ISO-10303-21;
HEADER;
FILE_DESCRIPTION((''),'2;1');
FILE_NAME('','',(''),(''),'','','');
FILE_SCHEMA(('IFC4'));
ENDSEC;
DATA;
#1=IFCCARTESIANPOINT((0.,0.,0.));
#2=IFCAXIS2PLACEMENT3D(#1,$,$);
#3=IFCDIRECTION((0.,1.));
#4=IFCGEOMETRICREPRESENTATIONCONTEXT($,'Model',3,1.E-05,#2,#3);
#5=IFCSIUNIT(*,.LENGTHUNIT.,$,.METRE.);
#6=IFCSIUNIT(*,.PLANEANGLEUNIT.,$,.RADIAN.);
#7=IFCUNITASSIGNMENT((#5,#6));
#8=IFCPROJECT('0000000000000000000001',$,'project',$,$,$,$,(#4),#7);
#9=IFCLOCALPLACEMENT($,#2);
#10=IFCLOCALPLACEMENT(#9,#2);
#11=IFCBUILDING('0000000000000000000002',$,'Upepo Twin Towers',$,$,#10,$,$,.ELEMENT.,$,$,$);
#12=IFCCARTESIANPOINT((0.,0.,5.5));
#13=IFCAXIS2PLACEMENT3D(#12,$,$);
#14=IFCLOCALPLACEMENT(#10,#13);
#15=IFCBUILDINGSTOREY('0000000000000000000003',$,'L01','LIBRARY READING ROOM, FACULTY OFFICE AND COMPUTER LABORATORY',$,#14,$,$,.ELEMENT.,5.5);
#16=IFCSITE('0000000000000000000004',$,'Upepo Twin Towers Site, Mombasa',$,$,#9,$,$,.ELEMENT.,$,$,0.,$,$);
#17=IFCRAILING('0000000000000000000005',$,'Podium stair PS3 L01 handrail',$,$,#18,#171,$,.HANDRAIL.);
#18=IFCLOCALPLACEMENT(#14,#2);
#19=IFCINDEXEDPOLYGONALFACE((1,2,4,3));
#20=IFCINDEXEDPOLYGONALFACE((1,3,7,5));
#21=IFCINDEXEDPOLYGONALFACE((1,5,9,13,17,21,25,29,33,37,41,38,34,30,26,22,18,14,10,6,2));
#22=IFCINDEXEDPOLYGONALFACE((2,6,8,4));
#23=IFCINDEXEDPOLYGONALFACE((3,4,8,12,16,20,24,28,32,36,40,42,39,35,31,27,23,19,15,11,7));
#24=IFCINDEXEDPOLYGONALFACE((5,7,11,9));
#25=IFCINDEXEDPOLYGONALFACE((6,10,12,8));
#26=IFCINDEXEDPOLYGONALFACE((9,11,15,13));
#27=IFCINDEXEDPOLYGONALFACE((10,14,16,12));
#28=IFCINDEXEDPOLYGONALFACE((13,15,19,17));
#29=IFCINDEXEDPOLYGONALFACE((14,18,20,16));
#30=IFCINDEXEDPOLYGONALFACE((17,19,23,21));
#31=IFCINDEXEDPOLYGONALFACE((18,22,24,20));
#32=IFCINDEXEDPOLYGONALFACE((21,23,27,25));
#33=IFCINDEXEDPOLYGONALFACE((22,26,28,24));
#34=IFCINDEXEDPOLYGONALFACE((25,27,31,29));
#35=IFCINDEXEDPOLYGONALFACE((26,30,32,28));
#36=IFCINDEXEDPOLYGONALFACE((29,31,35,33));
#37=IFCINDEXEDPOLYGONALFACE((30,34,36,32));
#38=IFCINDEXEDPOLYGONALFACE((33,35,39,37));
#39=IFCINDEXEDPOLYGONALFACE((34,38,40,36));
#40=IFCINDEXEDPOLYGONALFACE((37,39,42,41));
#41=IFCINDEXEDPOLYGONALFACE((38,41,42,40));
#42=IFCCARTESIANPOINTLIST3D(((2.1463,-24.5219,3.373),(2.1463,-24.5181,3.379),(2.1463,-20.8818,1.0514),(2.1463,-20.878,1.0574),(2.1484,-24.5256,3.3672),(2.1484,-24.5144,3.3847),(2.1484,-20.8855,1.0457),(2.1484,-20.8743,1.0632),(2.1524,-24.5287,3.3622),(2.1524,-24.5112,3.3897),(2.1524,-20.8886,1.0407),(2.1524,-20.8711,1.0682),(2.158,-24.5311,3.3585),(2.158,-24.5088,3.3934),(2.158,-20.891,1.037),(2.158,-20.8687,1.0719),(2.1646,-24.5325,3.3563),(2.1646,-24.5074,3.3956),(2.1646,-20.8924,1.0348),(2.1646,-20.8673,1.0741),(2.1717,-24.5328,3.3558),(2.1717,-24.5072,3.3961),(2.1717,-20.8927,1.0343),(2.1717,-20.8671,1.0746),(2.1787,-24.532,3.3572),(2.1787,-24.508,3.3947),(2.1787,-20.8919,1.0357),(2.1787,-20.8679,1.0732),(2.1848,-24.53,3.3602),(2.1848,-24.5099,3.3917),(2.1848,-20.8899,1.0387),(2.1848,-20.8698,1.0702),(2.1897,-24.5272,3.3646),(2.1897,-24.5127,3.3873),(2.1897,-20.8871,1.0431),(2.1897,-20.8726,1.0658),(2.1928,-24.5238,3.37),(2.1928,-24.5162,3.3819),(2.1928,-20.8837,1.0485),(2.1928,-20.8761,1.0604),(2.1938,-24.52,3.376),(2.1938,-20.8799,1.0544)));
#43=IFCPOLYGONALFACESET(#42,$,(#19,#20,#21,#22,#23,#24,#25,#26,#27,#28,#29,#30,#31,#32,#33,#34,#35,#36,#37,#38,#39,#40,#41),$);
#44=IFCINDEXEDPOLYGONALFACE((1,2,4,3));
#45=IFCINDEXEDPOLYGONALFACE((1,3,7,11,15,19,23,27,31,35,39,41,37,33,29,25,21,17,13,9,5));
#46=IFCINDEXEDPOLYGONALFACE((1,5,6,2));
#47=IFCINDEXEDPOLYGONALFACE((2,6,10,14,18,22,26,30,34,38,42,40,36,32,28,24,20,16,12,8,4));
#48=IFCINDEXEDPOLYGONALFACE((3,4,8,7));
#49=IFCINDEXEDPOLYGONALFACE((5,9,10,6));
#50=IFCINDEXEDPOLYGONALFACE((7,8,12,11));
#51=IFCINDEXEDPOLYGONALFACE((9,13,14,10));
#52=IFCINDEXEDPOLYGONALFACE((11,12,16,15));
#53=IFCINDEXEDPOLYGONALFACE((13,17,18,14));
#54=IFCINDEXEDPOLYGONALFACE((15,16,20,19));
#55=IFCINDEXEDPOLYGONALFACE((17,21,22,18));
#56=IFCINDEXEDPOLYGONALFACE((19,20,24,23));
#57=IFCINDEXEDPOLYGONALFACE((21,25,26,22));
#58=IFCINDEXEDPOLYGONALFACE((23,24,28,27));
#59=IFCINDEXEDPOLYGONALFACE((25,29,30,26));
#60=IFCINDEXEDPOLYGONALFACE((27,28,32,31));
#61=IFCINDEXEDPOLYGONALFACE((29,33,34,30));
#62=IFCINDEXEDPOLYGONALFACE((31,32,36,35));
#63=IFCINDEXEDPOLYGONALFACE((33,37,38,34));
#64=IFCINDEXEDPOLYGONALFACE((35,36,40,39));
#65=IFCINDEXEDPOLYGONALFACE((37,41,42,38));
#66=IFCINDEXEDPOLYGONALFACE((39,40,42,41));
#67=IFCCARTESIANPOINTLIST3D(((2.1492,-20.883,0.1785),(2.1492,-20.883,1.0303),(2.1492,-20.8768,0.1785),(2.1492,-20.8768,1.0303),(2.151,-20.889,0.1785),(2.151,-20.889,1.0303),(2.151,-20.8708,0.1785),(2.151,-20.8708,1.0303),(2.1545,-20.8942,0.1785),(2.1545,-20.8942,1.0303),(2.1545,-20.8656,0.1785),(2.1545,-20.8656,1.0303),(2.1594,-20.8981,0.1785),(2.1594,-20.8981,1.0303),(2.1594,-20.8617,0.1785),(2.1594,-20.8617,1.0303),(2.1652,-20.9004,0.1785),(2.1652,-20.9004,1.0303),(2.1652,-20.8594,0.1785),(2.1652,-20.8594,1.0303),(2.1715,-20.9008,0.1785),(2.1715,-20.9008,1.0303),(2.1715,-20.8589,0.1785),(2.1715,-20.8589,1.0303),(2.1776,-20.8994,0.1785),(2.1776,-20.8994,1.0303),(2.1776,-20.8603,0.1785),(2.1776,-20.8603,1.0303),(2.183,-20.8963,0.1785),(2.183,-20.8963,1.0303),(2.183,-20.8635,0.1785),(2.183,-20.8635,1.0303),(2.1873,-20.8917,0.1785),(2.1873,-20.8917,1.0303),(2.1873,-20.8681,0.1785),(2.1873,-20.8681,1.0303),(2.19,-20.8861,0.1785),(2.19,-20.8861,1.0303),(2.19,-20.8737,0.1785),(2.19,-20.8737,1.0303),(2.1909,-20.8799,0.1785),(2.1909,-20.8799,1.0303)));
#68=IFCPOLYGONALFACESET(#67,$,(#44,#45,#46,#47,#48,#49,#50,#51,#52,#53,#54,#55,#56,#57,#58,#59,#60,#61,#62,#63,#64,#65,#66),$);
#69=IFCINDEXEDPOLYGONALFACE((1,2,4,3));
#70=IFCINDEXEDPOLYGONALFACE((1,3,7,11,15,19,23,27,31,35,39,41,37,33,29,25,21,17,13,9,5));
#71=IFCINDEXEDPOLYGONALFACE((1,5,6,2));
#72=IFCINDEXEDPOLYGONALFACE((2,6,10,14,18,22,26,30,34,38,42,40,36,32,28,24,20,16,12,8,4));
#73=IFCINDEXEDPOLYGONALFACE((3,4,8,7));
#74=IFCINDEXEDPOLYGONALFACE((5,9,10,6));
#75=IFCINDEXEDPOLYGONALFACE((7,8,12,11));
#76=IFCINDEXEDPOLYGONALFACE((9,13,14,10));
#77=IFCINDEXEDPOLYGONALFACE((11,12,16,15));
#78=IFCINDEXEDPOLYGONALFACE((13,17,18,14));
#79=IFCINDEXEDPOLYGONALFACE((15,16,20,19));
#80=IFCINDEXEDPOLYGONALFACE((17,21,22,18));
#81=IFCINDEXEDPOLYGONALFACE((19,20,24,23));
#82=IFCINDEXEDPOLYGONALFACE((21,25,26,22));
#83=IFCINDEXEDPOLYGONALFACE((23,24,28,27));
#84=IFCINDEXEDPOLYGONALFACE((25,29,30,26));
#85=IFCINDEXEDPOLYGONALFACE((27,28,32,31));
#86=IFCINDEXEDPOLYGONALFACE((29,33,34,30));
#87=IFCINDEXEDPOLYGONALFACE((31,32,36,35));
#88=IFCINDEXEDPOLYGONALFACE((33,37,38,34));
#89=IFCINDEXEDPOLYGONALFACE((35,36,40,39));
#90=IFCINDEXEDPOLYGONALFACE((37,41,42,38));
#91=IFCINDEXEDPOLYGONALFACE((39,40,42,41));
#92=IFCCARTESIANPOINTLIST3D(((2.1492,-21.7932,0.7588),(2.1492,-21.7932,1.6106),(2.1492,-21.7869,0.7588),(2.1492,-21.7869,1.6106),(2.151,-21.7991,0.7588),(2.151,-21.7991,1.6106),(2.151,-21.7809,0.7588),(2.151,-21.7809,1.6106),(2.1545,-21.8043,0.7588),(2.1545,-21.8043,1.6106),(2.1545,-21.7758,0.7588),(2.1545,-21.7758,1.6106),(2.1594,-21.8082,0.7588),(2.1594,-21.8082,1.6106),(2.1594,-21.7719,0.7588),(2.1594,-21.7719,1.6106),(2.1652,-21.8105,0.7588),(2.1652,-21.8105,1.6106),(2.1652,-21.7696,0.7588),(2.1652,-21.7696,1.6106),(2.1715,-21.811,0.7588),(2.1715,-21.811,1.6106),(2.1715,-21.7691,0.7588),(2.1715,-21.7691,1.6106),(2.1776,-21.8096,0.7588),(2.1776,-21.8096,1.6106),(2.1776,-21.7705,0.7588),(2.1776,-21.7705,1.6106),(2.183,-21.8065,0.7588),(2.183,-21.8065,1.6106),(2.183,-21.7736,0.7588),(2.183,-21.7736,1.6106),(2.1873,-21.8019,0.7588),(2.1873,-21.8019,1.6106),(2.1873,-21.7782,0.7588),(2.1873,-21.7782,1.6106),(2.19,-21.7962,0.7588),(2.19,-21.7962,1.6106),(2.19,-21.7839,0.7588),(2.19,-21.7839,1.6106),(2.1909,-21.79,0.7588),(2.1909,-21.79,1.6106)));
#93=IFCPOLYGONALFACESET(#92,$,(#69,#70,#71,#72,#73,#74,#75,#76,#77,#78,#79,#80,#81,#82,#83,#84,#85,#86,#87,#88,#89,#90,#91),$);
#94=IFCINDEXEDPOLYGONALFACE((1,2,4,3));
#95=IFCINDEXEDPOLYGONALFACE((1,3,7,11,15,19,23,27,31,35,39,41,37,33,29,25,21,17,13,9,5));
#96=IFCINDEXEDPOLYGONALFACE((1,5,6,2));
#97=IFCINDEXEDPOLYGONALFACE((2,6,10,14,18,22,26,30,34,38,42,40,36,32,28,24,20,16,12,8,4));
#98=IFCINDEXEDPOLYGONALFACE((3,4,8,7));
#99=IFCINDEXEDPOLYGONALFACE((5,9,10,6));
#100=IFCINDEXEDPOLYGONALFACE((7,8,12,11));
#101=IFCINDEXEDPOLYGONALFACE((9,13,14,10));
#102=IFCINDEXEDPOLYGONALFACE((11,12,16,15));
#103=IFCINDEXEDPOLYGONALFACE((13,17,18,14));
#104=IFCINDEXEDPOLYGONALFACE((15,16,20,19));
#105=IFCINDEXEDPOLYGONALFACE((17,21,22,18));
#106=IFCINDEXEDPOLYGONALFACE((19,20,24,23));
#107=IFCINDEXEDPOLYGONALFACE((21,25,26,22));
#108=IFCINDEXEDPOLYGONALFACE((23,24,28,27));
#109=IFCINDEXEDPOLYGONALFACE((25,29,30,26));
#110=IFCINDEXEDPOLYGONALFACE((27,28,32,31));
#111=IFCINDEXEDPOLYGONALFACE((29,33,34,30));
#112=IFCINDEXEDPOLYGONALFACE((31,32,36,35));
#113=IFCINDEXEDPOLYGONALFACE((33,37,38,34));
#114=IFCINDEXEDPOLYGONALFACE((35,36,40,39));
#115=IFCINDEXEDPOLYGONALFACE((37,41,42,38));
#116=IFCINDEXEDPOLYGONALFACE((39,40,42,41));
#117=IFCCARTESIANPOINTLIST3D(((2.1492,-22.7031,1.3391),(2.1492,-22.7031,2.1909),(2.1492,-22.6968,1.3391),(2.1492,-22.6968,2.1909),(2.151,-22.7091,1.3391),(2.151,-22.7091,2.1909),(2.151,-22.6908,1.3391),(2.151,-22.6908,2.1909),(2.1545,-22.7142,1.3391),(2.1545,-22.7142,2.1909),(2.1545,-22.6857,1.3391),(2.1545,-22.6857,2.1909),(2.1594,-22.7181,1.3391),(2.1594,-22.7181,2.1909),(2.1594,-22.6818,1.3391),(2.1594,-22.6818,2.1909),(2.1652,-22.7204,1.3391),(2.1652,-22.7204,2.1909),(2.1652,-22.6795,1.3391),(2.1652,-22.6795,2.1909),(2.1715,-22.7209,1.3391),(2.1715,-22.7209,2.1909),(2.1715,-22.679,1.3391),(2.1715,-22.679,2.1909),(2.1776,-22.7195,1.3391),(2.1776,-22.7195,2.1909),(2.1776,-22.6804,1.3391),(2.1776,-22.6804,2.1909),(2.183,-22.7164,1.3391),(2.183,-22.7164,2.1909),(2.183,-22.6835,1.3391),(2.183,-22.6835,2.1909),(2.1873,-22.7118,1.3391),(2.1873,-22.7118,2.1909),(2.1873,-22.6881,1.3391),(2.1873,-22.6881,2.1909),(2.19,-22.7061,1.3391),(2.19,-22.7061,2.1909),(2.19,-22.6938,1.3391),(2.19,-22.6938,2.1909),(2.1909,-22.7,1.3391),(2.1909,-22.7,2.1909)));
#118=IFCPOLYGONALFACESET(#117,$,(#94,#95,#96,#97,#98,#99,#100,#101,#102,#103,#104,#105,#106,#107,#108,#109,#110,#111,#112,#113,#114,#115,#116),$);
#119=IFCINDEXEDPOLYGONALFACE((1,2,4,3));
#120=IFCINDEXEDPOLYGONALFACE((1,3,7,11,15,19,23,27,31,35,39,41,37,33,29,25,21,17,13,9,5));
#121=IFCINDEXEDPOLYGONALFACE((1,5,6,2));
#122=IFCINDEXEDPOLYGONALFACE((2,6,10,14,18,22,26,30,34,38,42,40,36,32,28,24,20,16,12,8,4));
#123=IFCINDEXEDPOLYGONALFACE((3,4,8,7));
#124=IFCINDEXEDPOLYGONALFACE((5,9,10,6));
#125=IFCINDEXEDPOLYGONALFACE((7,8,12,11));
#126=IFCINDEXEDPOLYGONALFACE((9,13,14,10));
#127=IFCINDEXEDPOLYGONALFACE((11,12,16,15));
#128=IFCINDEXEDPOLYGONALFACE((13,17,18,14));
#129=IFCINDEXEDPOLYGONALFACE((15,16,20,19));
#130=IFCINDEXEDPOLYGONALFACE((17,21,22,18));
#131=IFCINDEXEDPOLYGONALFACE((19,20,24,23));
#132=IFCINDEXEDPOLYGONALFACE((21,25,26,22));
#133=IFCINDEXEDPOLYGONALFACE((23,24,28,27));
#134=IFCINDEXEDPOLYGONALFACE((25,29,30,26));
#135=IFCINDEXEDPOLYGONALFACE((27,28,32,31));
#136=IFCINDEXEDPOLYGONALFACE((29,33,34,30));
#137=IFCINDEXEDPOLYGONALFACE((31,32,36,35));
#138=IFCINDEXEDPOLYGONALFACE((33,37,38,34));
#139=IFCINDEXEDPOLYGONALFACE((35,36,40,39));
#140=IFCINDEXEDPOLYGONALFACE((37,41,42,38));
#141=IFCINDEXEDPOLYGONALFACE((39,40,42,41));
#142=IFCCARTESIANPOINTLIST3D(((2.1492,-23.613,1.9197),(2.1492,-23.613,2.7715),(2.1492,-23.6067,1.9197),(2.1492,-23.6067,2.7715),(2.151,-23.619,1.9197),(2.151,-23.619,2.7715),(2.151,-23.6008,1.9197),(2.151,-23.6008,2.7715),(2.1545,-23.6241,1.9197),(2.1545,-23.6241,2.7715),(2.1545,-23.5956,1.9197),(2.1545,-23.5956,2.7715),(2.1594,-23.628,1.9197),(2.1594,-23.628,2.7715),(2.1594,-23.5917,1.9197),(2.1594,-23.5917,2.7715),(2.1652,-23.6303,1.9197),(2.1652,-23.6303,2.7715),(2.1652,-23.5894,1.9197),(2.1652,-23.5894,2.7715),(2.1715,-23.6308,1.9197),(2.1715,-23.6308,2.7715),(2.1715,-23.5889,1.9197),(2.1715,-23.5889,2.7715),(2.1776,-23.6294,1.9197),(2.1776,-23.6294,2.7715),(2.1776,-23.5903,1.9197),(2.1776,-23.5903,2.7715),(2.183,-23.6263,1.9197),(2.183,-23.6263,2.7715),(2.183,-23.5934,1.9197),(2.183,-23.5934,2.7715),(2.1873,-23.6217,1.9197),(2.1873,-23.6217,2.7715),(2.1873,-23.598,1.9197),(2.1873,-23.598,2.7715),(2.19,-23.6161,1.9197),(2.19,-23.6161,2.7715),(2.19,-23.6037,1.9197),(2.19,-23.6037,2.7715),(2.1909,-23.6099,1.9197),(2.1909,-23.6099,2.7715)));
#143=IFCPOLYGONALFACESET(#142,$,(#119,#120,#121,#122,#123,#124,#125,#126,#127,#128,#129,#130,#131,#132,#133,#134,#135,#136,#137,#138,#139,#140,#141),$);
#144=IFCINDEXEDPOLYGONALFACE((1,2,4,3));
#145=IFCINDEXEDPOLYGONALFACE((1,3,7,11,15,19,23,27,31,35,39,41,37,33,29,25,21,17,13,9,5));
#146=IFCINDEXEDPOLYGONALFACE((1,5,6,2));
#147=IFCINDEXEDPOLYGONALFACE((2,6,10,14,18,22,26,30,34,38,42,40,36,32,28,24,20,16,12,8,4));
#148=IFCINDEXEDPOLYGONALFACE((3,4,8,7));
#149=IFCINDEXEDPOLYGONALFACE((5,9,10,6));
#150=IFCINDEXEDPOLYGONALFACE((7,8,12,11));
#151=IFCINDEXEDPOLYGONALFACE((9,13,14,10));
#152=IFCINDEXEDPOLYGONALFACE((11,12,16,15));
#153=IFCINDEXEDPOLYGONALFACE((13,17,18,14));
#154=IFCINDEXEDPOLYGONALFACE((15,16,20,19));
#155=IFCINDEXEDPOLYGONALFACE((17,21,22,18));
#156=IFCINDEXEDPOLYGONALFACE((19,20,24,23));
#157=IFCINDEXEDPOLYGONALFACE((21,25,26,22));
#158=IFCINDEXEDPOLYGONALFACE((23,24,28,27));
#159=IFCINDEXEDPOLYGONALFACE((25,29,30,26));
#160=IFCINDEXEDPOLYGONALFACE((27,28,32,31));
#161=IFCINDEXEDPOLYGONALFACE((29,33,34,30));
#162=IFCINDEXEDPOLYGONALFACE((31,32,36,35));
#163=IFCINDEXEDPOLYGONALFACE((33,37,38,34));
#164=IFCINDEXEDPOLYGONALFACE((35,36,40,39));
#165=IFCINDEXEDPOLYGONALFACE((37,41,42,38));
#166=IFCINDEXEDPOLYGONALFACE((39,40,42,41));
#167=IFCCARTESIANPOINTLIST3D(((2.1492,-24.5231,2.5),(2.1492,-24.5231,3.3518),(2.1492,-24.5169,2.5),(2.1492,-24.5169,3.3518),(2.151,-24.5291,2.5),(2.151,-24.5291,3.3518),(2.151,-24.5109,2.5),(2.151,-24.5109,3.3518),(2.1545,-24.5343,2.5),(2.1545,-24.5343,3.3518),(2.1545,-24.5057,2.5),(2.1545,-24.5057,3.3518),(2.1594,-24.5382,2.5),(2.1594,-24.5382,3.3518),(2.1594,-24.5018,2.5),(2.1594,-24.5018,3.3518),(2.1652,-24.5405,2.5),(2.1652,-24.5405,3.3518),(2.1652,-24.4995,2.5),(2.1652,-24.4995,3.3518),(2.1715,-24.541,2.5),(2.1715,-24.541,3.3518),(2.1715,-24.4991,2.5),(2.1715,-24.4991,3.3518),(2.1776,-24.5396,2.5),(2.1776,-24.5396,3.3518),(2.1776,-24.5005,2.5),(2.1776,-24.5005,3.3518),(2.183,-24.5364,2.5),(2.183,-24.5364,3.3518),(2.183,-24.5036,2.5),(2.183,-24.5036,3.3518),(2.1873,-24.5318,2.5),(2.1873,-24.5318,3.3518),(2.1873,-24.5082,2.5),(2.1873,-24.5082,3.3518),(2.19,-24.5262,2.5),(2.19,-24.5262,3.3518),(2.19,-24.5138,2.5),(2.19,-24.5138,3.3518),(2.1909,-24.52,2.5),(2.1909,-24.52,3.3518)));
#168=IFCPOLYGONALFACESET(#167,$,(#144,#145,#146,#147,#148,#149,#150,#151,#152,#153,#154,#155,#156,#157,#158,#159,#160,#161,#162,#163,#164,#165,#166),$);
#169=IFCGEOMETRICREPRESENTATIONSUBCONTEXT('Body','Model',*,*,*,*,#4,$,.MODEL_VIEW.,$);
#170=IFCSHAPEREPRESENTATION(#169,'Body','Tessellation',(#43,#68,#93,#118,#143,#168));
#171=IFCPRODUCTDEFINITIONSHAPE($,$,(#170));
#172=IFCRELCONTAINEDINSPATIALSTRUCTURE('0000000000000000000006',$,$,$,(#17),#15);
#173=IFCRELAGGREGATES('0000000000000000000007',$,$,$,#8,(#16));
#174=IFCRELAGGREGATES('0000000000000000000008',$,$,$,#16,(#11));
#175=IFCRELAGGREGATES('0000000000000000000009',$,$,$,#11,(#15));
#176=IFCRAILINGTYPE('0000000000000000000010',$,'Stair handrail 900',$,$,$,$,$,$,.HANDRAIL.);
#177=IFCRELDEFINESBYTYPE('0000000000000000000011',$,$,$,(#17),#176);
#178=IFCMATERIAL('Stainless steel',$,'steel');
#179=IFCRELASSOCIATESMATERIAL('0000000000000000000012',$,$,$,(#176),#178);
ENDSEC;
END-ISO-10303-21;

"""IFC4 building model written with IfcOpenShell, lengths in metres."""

from ifc_helpers import new_model, si_unit, direction, frame, origin, origin_2d, place, context, subcontext, project, spatial, circle, extrude, material, type_object, element, save


model = new_model("IFC4")

# Units and contexts
model_context = context("Model", 3, precision=1e-05, world=origin(), true_north=direction((0.0, 1.0)))
body_context = subcontext(model_context, "Body", "Model", "MODEL_VIEW")
ifc_project = project(units=[si_unit("LENGTHUNIT", "METRE"), si_unit("PLANEANGLEUNIT", "RADIAN")], contexts=[model_context])

# Site, building, storey
site_placement = place(None, origin())
site = spatial("IfcSite", under=ifc_project, at=site_placement, Name="Upepo Twin Towers Site, Mombasa", CompositionType="ELEMENT", RefElevation=0.0)
building_placement = place(site_placement, origin())
building = spatial("IfcBuilding", under=site, at=building_placement, Name="Upepo Twin Towers", CompositionType="ELEMENT")
storey_placement = place(building_placement, frame((0.0, 0.0, 5.5)))
storey = spatial("IfcBuildingStorey", under=building, at=storey_placement, Name="L01", Description="LIBRARY READING ROOM, FACULTY OFFICE AND COMPUTER LABORATORY", CompositionType="ELEMENT", Elevation=5.5)

# Railing
ifc_material_1 = material(Name="Stainless steel", Category="steel")
railing_type = type_object("IfcRailingType", Name="Stair handrail 900", PredefinedType="HANDRAIL", material=ifc_material_1)
railing_placement = place(storey_placement, frame((2.1699, -20.8799, 0.1785)))
element("IfcRailing", 1, at=railing_placement, inside=storey, type_object=railing_type, Name="Podium stair PS3 L01 handrail", PredefinedType="HANDRAIL", context=body_context, shape_type="SweptSolid", body=[
    extrude(circle(Radius=0.0239, at=origin_2d()), frame((0.0, 0.0, 0.876), z_axis=(0.0, -0.843128, 0.537713), x_axis=(1.0, 0.0, 0.0)), (0.0, 0.0, 1.0), 4.3174),
    extrude(circle(Radius=0.021, at=origin_2d()), origin(), (0.0, 0.0, 1.0), 0.8518),
    extrude(circle(Radius=0.021, at=origin_2d()), frame((0.0, -0.9102, 0.5803)), (0.0, 0.0, 1.0), 0.8518),
    extrude(circle(Radius=0.021, at=origin_2d()), frame((0.0, -1.8201, 1.1606)), (0.0, 0.0, 1.0), 0.8518),
    extrude(circle(Radius=0.021, at=origin_2d()), frame((0.0, -2.73, 1.7412)), (0.0, 0.0, 1.0), 0.8518),
    extrude(circle(Radius=0.021, at=origin_2d()), frame((0.0, -3.6401, 2.3215)), (0.0, 0.0, 1.0), 0.8518),
])

save(model, "model.ifc")
